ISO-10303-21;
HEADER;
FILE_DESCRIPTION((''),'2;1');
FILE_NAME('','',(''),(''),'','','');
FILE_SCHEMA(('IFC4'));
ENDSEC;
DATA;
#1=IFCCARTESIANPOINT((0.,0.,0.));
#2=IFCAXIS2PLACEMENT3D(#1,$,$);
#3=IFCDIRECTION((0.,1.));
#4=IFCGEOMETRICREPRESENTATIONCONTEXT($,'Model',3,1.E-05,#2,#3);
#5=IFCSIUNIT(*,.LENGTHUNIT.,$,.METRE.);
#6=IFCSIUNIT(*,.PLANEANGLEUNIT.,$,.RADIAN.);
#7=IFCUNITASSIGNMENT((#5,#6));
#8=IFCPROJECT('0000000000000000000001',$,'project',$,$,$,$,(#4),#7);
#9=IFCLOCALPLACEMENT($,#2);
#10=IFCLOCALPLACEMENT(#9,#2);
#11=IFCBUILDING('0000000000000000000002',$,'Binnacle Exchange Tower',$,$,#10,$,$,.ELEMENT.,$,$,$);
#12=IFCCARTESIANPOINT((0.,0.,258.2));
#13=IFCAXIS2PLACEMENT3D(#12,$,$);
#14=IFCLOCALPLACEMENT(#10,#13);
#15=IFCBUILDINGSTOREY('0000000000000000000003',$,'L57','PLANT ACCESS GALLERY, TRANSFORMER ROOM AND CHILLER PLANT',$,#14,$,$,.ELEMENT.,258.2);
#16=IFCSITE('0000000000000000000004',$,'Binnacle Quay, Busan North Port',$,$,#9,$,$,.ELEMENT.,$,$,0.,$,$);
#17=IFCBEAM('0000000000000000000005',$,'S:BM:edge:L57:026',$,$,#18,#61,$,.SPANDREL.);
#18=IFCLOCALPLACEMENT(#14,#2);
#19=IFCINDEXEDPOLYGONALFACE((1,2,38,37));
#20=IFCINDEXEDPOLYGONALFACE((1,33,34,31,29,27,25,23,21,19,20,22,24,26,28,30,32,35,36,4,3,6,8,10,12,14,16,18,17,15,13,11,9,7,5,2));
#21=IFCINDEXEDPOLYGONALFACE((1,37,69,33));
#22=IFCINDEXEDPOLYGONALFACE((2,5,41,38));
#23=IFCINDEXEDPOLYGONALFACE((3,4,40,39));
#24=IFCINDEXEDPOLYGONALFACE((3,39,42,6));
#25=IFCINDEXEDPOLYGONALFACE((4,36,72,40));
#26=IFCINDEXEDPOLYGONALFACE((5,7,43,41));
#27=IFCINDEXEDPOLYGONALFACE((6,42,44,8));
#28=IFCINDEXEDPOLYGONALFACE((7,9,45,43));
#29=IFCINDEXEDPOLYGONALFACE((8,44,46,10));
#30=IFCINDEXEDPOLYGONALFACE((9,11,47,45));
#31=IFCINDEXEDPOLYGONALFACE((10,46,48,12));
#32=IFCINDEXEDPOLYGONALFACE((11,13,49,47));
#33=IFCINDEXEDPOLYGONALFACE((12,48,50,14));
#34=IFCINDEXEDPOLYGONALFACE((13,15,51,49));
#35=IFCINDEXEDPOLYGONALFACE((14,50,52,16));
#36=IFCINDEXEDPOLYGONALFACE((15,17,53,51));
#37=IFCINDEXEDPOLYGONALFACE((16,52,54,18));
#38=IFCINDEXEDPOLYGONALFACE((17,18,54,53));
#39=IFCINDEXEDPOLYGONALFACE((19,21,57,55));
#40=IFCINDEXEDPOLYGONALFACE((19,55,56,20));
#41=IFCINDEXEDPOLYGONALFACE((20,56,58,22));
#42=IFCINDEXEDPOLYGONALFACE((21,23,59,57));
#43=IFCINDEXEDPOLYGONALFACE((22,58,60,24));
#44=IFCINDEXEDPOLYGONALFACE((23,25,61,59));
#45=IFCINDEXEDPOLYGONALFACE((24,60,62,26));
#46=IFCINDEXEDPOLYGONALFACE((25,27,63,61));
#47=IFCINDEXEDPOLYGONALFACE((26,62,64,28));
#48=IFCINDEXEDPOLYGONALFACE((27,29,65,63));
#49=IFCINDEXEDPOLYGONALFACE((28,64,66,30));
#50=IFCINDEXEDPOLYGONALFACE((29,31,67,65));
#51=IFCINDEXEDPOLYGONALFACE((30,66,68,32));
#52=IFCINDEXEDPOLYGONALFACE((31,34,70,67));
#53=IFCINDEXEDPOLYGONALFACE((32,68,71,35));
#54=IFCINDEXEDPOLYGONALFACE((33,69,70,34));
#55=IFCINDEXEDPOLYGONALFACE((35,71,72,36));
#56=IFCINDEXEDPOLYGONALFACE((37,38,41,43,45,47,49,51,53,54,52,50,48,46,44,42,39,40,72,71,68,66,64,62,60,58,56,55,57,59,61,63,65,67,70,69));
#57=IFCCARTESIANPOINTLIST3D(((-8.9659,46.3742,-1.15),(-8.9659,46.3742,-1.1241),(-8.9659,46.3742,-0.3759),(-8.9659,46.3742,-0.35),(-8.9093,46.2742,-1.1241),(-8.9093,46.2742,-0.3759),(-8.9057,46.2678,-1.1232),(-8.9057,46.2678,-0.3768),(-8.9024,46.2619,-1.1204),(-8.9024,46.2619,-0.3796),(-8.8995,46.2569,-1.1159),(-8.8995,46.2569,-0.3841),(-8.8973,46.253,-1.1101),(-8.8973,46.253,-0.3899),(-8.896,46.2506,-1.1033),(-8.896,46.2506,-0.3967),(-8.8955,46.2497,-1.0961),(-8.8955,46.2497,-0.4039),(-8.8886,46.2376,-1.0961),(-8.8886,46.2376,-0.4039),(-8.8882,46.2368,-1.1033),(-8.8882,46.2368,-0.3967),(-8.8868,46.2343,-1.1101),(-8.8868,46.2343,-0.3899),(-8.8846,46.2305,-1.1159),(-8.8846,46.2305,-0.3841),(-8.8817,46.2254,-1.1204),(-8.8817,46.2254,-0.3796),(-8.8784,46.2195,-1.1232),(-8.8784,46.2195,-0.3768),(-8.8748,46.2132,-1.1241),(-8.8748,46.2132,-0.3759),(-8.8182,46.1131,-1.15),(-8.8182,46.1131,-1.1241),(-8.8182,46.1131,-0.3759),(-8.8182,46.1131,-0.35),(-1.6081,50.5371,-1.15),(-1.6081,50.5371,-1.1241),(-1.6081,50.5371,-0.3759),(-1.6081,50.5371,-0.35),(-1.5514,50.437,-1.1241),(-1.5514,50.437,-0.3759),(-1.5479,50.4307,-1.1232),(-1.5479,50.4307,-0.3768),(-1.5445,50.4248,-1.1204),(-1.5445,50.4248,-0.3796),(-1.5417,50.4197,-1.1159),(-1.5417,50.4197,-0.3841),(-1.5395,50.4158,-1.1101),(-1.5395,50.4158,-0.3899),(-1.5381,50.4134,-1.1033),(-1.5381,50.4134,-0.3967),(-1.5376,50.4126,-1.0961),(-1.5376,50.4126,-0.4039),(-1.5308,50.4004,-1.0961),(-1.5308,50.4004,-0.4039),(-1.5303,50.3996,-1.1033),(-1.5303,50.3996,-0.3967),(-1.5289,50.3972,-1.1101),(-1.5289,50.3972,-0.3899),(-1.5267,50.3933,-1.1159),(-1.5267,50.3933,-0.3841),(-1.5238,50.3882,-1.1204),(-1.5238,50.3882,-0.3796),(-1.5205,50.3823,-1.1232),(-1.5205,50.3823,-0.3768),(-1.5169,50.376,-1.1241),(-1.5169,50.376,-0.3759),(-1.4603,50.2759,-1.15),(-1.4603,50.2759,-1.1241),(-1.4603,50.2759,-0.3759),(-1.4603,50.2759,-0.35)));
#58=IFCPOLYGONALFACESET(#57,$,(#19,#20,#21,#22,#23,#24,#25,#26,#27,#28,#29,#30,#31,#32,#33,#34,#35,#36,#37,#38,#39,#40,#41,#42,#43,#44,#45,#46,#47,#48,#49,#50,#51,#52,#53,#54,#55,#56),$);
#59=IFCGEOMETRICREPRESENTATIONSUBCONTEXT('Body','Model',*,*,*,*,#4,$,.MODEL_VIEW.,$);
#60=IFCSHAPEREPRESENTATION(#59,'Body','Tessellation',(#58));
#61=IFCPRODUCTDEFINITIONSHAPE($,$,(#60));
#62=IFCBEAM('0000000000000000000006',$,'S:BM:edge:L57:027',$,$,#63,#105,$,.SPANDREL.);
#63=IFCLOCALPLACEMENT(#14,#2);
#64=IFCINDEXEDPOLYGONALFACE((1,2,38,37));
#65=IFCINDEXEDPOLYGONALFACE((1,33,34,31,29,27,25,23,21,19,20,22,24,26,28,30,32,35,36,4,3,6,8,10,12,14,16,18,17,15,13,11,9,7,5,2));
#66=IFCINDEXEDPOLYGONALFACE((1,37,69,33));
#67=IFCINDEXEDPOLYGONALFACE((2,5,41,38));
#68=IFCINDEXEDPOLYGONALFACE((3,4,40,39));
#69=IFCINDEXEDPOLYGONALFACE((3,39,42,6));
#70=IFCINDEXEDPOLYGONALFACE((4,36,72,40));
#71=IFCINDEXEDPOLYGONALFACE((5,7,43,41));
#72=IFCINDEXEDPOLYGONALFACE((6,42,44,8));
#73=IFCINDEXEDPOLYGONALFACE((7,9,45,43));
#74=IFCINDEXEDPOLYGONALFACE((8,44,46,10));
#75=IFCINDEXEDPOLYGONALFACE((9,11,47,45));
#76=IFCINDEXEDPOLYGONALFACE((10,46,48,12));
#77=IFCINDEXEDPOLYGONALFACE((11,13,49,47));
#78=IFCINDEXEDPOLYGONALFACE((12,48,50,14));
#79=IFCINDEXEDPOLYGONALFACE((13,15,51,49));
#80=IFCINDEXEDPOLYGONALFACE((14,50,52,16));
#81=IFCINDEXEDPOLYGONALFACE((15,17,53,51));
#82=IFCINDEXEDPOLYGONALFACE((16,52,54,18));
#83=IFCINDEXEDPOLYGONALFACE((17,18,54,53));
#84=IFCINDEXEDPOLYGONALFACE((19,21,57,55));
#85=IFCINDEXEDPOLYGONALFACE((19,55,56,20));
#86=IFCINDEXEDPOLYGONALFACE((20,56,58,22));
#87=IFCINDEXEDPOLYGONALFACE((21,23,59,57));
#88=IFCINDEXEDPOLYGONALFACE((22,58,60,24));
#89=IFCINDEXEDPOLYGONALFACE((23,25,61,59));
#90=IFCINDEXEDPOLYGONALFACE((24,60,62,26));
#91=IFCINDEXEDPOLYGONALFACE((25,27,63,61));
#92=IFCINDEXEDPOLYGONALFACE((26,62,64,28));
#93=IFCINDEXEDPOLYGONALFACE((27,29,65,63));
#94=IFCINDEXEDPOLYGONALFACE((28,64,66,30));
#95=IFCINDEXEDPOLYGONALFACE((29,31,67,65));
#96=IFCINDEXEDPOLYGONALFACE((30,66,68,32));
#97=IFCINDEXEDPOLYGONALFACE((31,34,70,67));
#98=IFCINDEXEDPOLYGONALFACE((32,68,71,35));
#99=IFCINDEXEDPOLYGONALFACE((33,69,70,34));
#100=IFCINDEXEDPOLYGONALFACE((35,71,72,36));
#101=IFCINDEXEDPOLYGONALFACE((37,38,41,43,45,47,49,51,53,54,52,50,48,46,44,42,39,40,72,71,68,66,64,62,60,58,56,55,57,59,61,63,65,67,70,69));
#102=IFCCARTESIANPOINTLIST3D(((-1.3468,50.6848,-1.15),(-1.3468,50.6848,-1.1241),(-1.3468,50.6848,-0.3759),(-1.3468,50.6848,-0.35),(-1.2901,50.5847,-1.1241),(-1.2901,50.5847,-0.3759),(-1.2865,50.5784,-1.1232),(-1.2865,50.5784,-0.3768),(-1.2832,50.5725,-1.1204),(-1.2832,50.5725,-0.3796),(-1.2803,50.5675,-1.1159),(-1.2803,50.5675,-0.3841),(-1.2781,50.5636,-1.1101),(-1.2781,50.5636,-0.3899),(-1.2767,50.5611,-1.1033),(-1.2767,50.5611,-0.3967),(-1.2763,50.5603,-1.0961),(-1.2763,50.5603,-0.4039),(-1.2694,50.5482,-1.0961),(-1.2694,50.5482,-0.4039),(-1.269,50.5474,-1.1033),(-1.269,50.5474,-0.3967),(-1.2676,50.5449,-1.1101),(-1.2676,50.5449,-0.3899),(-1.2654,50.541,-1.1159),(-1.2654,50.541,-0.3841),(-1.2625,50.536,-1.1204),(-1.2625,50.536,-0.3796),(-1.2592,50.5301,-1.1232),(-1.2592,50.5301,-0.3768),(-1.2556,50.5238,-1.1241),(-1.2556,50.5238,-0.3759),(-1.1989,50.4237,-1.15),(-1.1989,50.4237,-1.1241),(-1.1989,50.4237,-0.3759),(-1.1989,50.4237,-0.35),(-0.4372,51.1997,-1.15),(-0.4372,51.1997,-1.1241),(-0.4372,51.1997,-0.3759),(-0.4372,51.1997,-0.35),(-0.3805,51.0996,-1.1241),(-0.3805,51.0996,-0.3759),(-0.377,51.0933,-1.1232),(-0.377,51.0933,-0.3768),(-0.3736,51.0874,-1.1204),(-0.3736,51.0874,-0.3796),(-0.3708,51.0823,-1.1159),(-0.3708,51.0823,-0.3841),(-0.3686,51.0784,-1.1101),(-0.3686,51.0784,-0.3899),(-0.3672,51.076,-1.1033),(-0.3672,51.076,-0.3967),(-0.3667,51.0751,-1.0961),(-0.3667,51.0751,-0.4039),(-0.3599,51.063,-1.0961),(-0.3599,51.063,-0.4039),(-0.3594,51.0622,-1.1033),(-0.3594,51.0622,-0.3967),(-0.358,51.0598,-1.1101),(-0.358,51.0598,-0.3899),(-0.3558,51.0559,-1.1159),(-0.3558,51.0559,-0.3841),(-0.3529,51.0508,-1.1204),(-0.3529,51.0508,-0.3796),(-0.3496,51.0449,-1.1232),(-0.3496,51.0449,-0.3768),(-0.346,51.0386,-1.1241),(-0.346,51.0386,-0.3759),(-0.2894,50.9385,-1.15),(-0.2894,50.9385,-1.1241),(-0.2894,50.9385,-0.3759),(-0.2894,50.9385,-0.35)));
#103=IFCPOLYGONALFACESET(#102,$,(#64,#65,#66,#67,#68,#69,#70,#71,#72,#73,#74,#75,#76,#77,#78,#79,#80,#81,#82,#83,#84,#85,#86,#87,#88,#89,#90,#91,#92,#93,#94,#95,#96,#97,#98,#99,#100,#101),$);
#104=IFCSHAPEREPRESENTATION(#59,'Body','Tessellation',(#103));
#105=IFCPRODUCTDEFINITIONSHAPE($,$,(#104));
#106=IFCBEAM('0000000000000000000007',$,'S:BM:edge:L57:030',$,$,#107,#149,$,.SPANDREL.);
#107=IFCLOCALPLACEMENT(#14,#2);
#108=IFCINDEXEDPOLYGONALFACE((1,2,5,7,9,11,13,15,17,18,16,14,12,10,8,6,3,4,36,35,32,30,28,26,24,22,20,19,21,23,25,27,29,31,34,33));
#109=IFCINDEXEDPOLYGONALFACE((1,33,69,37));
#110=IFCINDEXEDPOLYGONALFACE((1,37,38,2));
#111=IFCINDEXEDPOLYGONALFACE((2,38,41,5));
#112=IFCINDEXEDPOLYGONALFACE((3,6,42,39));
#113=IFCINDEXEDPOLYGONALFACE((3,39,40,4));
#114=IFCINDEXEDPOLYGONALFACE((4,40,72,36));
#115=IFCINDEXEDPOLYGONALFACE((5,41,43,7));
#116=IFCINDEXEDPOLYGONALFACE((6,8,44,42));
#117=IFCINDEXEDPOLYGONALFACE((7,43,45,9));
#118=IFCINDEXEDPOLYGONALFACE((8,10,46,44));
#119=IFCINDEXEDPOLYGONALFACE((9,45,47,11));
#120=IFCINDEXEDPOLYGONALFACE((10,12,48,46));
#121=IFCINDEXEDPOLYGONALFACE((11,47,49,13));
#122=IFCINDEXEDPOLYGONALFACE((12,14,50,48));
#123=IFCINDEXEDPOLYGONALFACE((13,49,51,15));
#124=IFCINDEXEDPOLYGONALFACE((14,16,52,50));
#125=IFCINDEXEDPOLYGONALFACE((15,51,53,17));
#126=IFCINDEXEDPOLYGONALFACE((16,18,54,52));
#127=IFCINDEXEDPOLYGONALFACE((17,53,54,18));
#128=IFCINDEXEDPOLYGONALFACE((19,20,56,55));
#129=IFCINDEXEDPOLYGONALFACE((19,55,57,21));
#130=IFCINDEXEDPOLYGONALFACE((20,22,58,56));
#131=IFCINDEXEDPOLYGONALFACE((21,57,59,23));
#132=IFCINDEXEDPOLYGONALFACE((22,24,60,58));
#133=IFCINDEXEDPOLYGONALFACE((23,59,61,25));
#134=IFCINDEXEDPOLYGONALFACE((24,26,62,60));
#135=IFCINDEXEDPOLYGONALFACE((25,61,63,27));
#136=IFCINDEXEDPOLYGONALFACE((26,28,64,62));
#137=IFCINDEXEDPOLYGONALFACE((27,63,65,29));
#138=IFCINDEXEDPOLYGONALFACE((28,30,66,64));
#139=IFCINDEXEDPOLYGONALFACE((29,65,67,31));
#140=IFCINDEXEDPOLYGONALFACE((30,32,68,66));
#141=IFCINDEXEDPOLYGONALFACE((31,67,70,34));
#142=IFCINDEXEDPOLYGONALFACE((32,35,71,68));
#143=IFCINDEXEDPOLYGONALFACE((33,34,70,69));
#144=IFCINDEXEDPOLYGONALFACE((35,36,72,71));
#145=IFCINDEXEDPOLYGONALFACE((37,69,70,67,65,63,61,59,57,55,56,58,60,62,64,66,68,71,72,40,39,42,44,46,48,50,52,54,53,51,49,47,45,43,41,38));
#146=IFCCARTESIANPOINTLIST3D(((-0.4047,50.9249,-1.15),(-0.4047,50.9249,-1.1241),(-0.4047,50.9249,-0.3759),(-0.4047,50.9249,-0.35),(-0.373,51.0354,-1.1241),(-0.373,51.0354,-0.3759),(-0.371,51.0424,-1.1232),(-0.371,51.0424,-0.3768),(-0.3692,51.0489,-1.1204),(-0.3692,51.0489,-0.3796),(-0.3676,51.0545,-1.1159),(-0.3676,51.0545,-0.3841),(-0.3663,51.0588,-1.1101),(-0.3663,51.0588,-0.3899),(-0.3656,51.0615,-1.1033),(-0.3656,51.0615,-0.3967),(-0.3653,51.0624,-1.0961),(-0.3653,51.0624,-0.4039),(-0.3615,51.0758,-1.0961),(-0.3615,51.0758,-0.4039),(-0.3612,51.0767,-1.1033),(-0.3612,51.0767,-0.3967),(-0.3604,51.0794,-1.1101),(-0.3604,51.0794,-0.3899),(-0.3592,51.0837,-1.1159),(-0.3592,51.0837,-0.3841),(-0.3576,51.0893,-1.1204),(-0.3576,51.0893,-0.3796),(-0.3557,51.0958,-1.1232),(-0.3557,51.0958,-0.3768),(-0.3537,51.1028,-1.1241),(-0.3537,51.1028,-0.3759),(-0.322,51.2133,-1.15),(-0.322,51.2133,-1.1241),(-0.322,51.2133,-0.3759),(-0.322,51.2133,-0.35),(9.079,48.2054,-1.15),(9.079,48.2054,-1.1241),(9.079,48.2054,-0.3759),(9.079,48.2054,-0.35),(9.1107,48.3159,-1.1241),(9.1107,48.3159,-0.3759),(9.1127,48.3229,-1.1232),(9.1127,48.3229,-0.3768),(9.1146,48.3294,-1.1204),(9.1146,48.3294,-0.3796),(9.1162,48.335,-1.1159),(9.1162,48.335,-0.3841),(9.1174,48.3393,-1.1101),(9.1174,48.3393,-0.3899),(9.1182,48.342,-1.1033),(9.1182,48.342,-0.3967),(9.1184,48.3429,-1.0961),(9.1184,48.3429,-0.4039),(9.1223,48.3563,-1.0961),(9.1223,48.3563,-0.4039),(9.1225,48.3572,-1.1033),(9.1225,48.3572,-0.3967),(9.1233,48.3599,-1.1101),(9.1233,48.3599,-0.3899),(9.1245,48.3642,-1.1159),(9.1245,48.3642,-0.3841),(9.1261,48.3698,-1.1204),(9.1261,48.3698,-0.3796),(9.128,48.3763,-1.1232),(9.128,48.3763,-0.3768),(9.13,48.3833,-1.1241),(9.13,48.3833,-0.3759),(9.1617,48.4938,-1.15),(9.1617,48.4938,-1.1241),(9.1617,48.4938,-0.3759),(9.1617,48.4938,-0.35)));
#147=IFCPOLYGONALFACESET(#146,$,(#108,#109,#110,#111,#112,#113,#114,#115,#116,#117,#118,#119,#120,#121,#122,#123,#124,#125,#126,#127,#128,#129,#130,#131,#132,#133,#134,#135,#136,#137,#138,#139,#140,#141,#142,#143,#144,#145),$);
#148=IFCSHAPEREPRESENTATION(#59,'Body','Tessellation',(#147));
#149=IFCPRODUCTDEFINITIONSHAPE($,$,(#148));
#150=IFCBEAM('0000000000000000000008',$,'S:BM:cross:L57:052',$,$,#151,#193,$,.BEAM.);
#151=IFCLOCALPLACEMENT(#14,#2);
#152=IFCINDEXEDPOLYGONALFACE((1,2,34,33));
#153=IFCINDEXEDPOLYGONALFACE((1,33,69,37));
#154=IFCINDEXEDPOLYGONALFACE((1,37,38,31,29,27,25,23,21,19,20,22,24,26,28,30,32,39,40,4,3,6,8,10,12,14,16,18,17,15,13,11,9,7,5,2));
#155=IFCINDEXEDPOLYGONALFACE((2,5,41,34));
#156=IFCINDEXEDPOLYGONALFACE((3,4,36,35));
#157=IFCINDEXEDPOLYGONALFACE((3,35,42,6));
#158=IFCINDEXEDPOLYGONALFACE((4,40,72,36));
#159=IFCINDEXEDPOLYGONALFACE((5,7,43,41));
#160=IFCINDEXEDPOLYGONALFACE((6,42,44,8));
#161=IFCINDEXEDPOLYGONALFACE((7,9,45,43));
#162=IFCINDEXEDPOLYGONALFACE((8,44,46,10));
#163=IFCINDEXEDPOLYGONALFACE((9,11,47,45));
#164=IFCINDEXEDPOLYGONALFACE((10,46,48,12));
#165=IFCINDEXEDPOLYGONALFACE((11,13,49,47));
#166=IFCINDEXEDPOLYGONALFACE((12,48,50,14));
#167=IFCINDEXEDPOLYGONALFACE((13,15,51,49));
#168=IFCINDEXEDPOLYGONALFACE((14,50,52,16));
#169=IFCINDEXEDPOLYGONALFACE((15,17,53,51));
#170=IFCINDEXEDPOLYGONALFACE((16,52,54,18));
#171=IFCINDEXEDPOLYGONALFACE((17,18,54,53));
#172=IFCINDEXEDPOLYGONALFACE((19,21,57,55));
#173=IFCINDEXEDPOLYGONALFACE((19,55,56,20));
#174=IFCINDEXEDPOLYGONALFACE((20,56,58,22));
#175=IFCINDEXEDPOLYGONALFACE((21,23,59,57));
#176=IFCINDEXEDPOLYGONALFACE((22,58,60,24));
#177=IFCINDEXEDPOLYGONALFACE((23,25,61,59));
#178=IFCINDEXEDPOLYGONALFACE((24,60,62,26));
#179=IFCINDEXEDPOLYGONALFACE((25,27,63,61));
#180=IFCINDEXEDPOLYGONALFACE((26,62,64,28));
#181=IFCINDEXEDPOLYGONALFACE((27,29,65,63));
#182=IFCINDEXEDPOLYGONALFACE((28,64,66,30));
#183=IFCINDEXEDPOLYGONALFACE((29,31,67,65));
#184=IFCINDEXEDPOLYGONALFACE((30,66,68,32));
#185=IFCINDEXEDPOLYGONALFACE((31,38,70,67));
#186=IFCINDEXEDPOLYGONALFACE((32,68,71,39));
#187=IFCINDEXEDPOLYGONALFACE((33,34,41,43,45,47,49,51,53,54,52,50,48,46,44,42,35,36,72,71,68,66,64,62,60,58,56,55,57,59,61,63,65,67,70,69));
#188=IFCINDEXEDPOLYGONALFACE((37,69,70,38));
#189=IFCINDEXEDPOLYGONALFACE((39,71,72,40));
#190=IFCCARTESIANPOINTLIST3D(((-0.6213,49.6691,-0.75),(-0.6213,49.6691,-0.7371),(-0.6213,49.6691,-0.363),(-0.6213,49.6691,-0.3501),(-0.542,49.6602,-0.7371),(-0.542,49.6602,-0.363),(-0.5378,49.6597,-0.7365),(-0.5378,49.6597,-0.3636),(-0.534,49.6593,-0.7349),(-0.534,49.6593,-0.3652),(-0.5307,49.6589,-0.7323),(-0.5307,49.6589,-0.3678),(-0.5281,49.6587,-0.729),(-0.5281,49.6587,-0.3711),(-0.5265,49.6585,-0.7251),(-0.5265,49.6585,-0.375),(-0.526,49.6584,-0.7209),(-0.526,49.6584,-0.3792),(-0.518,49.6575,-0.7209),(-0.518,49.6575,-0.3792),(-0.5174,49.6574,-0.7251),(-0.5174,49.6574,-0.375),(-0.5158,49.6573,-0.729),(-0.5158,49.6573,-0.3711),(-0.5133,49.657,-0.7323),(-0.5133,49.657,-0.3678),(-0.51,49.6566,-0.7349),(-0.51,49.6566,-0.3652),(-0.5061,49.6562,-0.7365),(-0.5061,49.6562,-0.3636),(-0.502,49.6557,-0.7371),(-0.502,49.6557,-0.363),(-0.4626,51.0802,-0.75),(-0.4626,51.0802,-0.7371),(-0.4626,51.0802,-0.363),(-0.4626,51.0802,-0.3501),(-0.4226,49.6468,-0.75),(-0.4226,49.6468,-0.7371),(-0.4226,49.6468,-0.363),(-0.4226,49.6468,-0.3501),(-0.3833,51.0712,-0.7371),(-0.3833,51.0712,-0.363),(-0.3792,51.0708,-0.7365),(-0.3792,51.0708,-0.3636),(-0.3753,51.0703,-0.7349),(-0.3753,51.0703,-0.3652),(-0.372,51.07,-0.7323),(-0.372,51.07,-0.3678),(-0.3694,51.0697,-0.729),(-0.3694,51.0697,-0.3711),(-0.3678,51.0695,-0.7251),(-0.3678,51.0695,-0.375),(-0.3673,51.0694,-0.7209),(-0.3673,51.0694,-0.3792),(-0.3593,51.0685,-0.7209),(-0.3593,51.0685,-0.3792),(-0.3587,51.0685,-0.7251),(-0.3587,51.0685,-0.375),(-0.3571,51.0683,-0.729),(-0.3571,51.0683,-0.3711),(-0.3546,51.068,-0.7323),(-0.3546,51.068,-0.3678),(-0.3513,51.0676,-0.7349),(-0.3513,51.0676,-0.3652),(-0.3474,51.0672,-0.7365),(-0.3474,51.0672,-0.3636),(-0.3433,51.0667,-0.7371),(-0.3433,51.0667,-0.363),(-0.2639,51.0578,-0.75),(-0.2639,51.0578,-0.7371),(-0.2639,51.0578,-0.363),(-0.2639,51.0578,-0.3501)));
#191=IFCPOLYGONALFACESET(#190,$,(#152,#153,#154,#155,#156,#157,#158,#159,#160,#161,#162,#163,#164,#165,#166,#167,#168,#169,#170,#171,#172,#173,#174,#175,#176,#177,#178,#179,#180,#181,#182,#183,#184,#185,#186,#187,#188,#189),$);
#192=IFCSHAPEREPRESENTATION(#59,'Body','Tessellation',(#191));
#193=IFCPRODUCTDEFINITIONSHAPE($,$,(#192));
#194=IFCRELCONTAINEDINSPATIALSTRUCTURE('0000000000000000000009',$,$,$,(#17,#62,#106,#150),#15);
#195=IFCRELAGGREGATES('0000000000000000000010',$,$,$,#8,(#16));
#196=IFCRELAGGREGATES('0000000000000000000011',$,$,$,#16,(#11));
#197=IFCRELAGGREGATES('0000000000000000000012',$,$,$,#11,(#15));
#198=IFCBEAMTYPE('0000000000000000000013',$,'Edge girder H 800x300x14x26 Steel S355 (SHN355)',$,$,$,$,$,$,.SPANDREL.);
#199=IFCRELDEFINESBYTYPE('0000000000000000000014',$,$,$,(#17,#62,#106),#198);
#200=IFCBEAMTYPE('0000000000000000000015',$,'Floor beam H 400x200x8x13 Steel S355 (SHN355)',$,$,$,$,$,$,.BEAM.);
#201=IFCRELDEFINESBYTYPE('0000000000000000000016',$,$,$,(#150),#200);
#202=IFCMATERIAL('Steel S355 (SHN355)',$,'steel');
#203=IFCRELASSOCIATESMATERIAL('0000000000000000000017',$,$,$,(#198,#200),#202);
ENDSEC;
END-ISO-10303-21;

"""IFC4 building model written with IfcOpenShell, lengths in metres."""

from ifc_helpers import new_model, si_unit, direction, frame, origin, origin_2d, place, context, subcontext, project, spatial, i_section, extrude, material, material_profile, profile_set, type_object, element, save


model = new_model("IFC4")

# Units and contexts
model_context = context("Model", 3, precision=1e-05, world=origin(), true_north=direction((0.0, 1.0)))
body_context = subcontext(model_context, "Body", "Model", "MODEL_VIEW")
ifc_project = project(units=[si_unit("LENGTHUNIT", "METRE"), si_unit("PLANEANGLEUNIT", "RADIAN")], contexts=[model_context])

# Site, building, storey
site_placement = place(None, origin())
site = spatial("IfcSite", under=ifc_project, at=site_placement, Name="Binnacle Quay, Busan North Port", CompositionType="ELEMENT", RefElevation=0.0)
building_placement = place(site_placement, origin())
building = spatial("IfcBuilding", under=site, at=building_placement, Name="Binnacle Exchange Tower", CompositionType="ELEMENT")
storey_placement = place(building_placement, frame((0.0, 0.0, 258.2)))
storey = spatial("IfcBuildingStorey", under=building, at=storey_placement, Name="L57", Description="PLANT ACCESS GALLERY, TRANSFORMER ROOM AND CHILLER PLANT", CompositionType="ELEMENT", Elevation=258.2)

# Shared definitions
ifc_material_1 = material(Name="Steel S355 (SHN355)", Category="steel")

# Beams
ifc_material_profile_1 = material_profile(ifc_material_1, i_section(OverallWidth=0.3, OverallDepth=0.8, WebThickness=0.0139, FlangeThickness=0.0259, FilletRadius=0.0281, at=origin_2d()), Name="H 800x300x14x26")
ifc_profile_set_1 = profile_set([ifc_material_profile_1], Name="Steel S355 (SHN355)")
beam_type_1 = type_object("IfcBeamType", Name="Edge girder H 800x300x14x26 Steel S355 (SHN355)", PredefinedType="SPANDREL", material=ifc_profile_set_1)
beam_1_placement = place(storey_placement, frame((-1.5342, 50.4065, -0.75), z_axis=(-0.870359, -0.492418, 0.0), x_axis=(0.492418, -0.870359, 0.0)))
element("IfcBeam", 1, at=beam_1_placement, inside=storey, type_object=beam_type_1, Name="S:BM:edge:L57:026", PredefinedType="SPANDREL", context=body_context, shape_type="SweptSolid", body=[
    extrude(i_section(OverallWidth=0.3, OverallDepth=0.8, WebThickness=0.0139, FlangeThickness=0.0259, FilletRadius=0.0281, at=origin_2d()), origin(), (0.0, 0.0, 1.0), 8.4539),
])
beam_2_placement = place(storey_placement, frame((-0.3633, 51.0691, -0.75), z_axis=(-0.870263, -0.492588, 0.0), x_axis=(0.492588, -0.870263, 0.0)))
element("IfcBeam", 2, at=beam_2_placement, inside=storey, type_object=beam_type_1, Name="S:BM:edge:L57:027", PredefinedType="SPANDREL", context=body_context, shape_type="SweptSolid", body=[
    extrude(i_section(OverallWidth=0.3, OverallDepth=0.8, WebThickness=0.0139, FlangeThickness=0.0259, FilletRadius=0.0281, at=origin_2d()), origin(), (0.0, 0.0, 1.0), 1.0452),
])
beam_3_placement = place(storey_placement, frame((9.1204, 48.3496, -0.75), z_axis=(-0.961259, 0.275646, 0.0), x_axis=(-0.275646, -0.961259, 0.0)))
element("IfcBeam", 3, at=beam_3_placement, inside=storey, type_object=beam_type_1, Name="S:BM:edge:L57:030", PredefinedType="SPANDREL", context=body_context, shape_type="SweptSolid", body=[
    extrude(i_section(OverallWidth=0.3, OverallDepth=0.8, WebThickness=0.0139, FlangeThickness=0.0259, FilletRadius=0.0281, at=origin_2d()), origin(), (0.0, 0.0, 1.0), 9.866),
])
ifc_material_profile_2 = material_profile(ifc_material_1, i_section(OverallWidth=0.2, OverallDepth=0.3999, WebThickness=0.0081, FlangeThickness=0.0129, FilletRadius=0.0161, at=origin_2d()), Name="H 400x200x8x13")
ifc_profile_set_2 = profile_set([ifc_material_profile_2], Name="Steel S355 (SHN355)")
beam_type_2 = type_object("IfcBeamType", Name="Floor beam H 400x200x8x13 Steel S355 (SHN355)", PredefinedType="BEAM", material=ifc_profile_set_2)
beam_4_placement = place(storey_placement, frame((-0.522, 49.658, -0.55), z_axis=(0.111752, 0.993736, 0.0), x_axis=(-0.993736, 0.111752, 0.0)))
element("IfcBeam", 4, at=beam_4_placement, inside=storey, type_object=beam_type_2, Name="S:BM:cross:L57:052", PredefinedType="BEAM", context=body_context, shape_type="SweptSolid", body=[
    extrude(i_section(OverallWidth=0.2, OverallDepth=0.3999, WebThickness=0.0081, FlangeThickness=0.0129, FilletRadius=0.0161, at=origin_2d()), origin(), (0.0, 0.0, 1.0), 1.4199),
])

save(model, "model.ifc")
